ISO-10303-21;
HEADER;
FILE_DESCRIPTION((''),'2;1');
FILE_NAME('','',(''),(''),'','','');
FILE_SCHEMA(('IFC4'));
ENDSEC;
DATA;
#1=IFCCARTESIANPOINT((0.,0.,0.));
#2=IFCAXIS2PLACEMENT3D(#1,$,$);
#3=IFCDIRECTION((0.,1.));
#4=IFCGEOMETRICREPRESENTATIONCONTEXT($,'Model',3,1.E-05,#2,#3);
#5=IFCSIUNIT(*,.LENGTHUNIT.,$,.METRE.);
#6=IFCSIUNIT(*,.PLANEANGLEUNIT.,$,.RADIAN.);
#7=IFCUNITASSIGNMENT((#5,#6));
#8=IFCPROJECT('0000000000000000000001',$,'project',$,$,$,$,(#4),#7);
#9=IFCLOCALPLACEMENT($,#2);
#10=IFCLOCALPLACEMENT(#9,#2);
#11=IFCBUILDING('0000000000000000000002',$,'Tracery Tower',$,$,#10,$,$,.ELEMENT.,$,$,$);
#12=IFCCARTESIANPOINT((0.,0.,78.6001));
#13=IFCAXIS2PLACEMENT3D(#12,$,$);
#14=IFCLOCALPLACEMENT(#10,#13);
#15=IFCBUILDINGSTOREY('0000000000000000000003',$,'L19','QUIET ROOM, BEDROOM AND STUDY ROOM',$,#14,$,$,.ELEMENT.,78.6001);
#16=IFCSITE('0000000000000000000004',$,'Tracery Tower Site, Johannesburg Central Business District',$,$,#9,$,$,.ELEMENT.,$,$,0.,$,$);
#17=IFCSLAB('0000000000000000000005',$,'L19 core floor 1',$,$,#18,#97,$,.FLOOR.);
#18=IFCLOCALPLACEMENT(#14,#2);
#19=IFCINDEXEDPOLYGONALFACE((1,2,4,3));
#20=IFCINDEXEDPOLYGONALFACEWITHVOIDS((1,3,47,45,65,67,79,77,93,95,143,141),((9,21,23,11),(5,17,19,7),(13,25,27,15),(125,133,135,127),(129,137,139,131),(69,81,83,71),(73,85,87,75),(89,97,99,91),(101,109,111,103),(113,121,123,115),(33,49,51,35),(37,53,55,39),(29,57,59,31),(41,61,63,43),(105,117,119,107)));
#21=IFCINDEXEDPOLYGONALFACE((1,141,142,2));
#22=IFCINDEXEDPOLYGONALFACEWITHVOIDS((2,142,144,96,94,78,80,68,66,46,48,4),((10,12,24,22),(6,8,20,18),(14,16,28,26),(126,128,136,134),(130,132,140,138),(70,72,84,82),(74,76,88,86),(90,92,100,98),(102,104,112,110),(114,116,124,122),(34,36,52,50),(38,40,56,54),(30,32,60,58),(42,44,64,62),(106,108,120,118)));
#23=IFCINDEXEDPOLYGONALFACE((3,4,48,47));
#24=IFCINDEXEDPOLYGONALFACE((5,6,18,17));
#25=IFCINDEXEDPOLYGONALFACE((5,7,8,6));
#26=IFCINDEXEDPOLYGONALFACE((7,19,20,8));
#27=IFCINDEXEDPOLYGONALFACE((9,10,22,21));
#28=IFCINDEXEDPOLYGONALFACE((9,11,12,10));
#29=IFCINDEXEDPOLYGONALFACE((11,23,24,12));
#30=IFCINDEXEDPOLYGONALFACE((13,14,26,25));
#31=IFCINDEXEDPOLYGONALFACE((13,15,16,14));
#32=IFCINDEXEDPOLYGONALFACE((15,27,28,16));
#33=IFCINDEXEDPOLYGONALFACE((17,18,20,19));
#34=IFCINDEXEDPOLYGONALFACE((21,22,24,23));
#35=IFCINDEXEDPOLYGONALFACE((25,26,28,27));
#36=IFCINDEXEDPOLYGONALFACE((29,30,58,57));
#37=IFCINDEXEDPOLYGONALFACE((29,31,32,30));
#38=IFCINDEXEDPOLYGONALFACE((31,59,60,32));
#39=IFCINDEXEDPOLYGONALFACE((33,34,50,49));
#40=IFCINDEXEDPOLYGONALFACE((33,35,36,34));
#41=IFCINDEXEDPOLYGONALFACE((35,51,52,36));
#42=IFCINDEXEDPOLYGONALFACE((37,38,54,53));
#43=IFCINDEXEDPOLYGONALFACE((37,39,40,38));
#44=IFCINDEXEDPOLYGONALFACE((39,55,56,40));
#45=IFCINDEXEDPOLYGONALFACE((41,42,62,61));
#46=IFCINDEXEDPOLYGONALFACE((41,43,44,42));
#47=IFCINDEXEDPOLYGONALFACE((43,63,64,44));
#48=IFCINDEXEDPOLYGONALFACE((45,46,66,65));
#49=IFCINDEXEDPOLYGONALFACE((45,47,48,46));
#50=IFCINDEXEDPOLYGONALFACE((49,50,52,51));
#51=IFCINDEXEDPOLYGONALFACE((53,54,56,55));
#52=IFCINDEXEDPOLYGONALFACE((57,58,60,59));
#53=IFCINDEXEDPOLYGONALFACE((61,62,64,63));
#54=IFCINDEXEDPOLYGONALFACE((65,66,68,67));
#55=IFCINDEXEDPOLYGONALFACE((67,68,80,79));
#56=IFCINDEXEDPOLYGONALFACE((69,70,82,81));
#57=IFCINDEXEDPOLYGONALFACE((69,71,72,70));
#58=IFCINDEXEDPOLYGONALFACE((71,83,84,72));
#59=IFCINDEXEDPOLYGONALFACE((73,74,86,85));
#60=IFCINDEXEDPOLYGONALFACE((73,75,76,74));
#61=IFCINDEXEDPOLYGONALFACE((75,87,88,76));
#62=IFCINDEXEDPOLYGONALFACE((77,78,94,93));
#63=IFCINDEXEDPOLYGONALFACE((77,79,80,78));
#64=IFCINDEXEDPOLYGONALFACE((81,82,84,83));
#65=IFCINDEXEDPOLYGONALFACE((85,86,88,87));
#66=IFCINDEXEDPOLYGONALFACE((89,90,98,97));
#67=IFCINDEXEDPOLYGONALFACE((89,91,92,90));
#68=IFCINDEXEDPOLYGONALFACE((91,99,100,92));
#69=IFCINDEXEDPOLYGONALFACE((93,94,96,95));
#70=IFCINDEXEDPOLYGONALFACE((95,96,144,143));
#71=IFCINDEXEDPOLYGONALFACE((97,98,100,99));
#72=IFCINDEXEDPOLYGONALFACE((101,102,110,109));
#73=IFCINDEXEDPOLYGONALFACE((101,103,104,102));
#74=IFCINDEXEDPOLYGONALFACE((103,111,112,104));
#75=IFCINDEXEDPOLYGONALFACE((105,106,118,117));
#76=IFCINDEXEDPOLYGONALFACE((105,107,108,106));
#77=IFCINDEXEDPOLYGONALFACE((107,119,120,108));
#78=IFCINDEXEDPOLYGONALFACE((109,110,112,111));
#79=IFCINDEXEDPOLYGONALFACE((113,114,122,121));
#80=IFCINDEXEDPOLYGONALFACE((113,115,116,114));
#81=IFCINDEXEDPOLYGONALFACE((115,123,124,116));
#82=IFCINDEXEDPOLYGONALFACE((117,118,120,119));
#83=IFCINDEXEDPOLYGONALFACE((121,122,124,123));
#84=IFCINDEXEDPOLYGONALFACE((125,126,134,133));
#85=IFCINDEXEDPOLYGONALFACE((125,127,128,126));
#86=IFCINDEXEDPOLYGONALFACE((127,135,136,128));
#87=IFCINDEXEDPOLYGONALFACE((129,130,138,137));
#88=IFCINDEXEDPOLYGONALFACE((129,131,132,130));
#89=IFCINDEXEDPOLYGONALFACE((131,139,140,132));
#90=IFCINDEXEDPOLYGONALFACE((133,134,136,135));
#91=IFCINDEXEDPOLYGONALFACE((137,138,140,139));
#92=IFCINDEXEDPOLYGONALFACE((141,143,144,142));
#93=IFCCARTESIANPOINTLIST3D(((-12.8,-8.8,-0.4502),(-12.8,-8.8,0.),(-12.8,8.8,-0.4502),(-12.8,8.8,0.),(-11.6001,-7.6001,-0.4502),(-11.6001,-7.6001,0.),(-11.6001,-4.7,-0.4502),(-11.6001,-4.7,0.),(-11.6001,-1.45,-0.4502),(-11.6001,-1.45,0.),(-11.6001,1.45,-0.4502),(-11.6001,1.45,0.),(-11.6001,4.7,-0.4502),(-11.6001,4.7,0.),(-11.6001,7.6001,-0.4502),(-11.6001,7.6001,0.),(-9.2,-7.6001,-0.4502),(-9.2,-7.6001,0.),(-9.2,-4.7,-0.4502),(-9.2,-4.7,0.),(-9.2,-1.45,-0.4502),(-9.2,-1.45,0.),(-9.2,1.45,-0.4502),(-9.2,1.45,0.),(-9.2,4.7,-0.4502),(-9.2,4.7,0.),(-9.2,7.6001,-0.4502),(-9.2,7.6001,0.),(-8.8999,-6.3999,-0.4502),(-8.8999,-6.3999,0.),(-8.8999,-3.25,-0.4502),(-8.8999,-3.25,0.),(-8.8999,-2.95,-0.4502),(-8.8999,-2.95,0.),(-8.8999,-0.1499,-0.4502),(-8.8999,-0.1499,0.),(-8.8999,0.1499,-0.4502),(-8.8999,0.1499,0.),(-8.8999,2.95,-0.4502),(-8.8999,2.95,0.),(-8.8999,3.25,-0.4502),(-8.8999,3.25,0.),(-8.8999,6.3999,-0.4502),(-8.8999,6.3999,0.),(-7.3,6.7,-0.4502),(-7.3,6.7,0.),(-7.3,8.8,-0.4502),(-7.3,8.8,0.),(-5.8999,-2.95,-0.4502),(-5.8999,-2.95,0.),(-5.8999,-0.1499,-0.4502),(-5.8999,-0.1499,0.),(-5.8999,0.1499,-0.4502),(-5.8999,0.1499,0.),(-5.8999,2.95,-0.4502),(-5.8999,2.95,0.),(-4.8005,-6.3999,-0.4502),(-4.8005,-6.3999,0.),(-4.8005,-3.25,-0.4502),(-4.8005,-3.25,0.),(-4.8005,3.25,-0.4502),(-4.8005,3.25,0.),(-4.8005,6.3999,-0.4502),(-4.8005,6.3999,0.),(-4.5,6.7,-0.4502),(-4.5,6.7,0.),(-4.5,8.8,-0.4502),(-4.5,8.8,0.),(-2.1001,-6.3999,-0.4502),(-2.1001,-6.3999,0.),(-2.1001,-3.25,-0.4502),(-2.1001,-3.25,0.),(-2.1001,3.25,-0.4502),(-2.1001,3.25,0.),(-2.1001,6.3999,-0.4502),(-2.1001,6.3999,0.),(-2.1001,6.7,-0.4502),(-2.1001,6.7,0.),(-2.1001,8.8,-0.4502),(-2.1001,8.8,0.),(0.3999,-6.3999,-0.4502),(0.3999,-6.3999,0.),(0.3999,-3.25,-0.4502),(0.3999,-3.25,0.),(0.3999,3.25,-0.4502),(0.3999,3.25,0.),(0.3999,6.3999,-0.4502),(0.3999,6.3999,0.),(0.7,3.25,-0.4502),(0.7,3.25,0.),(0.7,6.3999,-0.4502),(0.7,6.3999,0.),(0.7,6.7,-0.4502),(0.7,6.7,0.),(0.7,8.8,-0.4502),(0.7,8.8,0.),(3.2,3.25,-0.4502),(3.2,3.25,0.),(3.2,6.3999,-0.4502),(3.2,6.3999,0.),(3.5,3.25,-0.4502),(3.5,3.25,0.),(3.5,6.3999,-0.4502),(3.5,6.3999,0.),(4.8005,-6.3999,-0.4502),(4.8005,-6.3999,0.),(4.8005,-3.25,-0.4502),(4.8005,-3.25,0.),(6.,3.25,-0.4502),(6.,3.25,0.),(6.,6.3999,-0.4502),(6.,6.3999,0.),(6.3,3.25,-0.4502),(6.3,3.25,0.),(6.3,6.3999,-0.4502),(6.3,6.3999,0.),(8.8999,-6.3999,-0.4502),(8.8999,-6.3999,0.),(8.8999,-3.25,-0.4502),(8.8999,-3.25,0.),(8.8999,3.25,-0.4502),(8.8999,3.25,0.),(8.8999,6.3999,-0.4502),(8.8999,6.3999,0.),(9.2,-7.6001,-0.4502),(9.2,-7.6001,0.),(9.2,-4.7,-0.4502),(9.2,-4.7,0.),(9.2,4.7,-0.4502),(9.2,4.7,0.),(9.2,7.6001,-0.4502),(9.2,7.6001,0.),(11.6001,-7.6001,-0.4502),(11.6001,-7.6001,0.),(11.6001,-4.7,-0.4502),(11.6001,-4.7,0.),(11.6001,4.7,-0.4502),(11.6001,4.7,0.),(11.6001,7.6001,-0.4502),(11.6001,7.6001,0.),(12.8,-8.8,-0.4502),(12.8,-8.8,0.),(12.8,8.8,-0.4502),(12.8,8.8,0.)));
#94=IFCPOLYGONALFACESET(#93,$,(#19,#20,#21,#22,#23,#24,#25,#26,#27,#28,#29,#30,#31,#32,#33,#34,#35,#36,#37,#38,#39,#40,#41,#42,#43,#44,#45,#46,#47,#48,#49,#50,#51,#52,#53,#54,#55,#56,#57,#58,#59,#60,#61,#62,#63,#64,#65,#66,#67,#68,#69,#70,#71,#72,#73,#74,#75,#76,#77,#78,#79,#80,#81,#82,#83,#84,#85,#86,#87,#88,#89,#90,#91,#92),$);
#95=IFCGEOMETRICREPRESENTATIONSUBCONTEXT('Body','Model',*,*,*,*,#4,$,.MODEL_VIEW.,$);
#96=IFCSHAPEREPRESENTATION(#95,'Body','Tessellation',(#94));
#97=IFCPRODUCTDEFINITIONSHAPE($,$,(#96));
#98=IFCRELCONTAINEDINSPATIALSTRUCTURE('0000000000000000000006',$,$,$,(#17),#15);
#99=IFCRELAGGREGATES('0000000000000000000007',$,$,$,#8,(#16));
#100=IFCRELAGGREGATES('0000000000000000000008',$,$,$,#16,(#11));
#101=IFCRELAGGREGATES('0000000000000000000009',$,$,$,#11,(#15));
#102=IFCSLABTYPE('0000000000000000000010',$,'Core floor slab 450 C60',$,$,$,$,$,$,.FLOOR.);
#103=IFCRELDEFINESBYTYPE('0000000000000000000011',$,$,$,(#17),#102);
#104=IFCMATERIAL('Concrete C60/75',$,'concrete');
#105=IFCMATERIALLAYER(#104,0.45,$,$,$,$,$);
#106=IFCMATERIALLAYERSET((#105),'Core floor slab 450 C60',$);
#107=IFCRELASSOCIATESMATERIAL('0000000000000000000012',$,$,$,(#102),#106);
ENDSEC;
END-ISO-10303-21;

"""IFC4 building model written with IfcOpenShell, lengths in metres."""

from ifc_helpers import new_model, si_unit, direction, frame, origin, place, context, subcontext, project, spatial, polyline, outline, extrude, material, layer, layer_set, type_object, element, save


model = new_model("IFC4")

# Units and contexts
model_context = context("Model", 3, precision=1e-05, world=origin(), true_north=direction((0.0, 1.0)))
body_context = subcontext(model_context, "Body", "Model", "MODEL_VIEW")
ifc_project = project(units=[si_unit("LENGTHUNIT", "METRE"), si_unit("PLANEANGLEUNIT", "RADIAN")], contexts=[model_context])

# Site, building, storey
site_placement = place(None, origin())
site = spatial("IfcSite", under=ifc_project, at=site_placement, Name="Tracery Tower Site, Johannesburg Central Business District", CompositionType="ELEMENT", RefElevation=0.0)
building_placement = place(site_placement, origin())
building = spatial("IfcBuilding", under=site, at=building_placement, Name="Tracery Tower", CompositionType="ELEMENT")
storey_placement = place(building_placement, frame((0.0, 0.0, 78.6001)))
storey = spatial("IfcBuildingStorey", under=building, at=storey_placement, Name="L19", Description="QUIET ROOM, BEDROOM AND STUDY ROOM", CompositionType="ELEMENT", Elevation=78.6001)

# Slab
ifc_material_1 = material(Name="Concrete C60/75", Category="concrete")
ifc_layer_1 = layer(ifc_material_1, 0.45)
ifc_layer_set_1 = layer_set([ifc_layer_1], Name="Core floor slab 450 C60")
slab_type_1 = type_object("IfcSlabType", Name="Core floor slab 450 C60", PredefinedType="FLOOR", material=ifc_layer_set_1)
slab_1_placement = place(storey_placement, frame((0.0, 0.0, -0.4502)))
element("IfcSlab", 1, at=slab_1_placement, inside=storey, type_object=slab_type_1, Name="L19 core floor 1", PredefinedType="FLOOR", context=body_context, shape_type="SweptSolid", body=[
    extrude(outline(polyline([(-12.8, 8.8), (-7.3, 8.8), (-7.3, 6.7), (-4.5, 6.7), (-4.5, 8.8), (-2.1001, 8.8), (-2.1001, 6.7), (0.7, 6.7), (0.7, 8.8), (12.8, 8.8), (12.8, -8.8), (-12.8, -8.8), (-12.8, 8.8)]), holes=[polyline([(11.6001, -7.6001), (11.6001, -4.7), (9.2, -4.7), (9.2, -7.6001), (11.6001, -7.6001)]), polyline([(11.6001, 4.7), (11.6001, 7.6001), (9.2, 7.6001), (9.2, 4.7), (11.6001, 4.7)]), polyline([(4.8005, -3.25), (4.8005, -6.3999), (8.8999, -6.3999), (8.8999, -3.25), (4.8005, -3.25)]), polyline([(6.3, 3.25), (8.8999, 3.25), (8.8999, 6.3999), (6.3, 6.3999), (6.3, 3.25)]), polyline([(3.5, 3.25), (6.0, 3.25), (6.0, 6.3999), (3.5, 6.3999), (3.5, 3.25)]), polyline([(3.2, 3.25), (3.2, 6.3999), (0.7, 6.3999), (0.7, 3.25), (3.2, 3.25)]), polyline([(-2.1001, 3.25), (0.3999, 3.25), (0.3999, 6.3999), (-2.1001, 6.3999), (-2.1001, 3.25)]), polyline([(0.3999, -6.3999), (0.3999, -3.25), (-2.1001, -3.25), (-2.1001, -6.3999), (0.3999, -6.3999)]), polyline([(-4.8005, -3.25), (-8.8999, -3.25), (-8.8999, -6.3999), (-4.8005, -6.3999), (-4.8005, -3.25)]), polyline([(-4.8005, 6.3999), (-8.8999, 6.3999), (-8.8999, 3.25), (-4.8005, 3.25), (-4.8005, 6.3999)]), polyline([(-8.8999, -2.95), (-5.8999, -2.95), (-5.8999, -0.1499), (-8.8999, -0.1499), (-8.8999, -2.95)]), polyline([(-5.8999, 0.1499), (-5.8999, 2.95), (-8.8999, 2.95), (-8.8999, 0.1499), (-5.8999, 0.1499)]), polyline([(-11.6001, 4.7), (-9.2, 4.7), (-9.2, 7.6001), (-11.6001, 7.6001), (-11.6001, 4.7)]), polyline([(-9.2, -7.6001), (-9.2, -4.7), (-11.6001, -4.7), (-11.6001, -7.6001), (-9.2, -7.6001)]), polyline([(-9.2, -1.45), (-9.2, 1.45), (-11.6001, 1.45), (-11.6001, -1.45), (-9.2, -1.45)])]), origin(), (0.0, 0.0, 1.0), 0.4502),
])

save(model, "model.ifc")
